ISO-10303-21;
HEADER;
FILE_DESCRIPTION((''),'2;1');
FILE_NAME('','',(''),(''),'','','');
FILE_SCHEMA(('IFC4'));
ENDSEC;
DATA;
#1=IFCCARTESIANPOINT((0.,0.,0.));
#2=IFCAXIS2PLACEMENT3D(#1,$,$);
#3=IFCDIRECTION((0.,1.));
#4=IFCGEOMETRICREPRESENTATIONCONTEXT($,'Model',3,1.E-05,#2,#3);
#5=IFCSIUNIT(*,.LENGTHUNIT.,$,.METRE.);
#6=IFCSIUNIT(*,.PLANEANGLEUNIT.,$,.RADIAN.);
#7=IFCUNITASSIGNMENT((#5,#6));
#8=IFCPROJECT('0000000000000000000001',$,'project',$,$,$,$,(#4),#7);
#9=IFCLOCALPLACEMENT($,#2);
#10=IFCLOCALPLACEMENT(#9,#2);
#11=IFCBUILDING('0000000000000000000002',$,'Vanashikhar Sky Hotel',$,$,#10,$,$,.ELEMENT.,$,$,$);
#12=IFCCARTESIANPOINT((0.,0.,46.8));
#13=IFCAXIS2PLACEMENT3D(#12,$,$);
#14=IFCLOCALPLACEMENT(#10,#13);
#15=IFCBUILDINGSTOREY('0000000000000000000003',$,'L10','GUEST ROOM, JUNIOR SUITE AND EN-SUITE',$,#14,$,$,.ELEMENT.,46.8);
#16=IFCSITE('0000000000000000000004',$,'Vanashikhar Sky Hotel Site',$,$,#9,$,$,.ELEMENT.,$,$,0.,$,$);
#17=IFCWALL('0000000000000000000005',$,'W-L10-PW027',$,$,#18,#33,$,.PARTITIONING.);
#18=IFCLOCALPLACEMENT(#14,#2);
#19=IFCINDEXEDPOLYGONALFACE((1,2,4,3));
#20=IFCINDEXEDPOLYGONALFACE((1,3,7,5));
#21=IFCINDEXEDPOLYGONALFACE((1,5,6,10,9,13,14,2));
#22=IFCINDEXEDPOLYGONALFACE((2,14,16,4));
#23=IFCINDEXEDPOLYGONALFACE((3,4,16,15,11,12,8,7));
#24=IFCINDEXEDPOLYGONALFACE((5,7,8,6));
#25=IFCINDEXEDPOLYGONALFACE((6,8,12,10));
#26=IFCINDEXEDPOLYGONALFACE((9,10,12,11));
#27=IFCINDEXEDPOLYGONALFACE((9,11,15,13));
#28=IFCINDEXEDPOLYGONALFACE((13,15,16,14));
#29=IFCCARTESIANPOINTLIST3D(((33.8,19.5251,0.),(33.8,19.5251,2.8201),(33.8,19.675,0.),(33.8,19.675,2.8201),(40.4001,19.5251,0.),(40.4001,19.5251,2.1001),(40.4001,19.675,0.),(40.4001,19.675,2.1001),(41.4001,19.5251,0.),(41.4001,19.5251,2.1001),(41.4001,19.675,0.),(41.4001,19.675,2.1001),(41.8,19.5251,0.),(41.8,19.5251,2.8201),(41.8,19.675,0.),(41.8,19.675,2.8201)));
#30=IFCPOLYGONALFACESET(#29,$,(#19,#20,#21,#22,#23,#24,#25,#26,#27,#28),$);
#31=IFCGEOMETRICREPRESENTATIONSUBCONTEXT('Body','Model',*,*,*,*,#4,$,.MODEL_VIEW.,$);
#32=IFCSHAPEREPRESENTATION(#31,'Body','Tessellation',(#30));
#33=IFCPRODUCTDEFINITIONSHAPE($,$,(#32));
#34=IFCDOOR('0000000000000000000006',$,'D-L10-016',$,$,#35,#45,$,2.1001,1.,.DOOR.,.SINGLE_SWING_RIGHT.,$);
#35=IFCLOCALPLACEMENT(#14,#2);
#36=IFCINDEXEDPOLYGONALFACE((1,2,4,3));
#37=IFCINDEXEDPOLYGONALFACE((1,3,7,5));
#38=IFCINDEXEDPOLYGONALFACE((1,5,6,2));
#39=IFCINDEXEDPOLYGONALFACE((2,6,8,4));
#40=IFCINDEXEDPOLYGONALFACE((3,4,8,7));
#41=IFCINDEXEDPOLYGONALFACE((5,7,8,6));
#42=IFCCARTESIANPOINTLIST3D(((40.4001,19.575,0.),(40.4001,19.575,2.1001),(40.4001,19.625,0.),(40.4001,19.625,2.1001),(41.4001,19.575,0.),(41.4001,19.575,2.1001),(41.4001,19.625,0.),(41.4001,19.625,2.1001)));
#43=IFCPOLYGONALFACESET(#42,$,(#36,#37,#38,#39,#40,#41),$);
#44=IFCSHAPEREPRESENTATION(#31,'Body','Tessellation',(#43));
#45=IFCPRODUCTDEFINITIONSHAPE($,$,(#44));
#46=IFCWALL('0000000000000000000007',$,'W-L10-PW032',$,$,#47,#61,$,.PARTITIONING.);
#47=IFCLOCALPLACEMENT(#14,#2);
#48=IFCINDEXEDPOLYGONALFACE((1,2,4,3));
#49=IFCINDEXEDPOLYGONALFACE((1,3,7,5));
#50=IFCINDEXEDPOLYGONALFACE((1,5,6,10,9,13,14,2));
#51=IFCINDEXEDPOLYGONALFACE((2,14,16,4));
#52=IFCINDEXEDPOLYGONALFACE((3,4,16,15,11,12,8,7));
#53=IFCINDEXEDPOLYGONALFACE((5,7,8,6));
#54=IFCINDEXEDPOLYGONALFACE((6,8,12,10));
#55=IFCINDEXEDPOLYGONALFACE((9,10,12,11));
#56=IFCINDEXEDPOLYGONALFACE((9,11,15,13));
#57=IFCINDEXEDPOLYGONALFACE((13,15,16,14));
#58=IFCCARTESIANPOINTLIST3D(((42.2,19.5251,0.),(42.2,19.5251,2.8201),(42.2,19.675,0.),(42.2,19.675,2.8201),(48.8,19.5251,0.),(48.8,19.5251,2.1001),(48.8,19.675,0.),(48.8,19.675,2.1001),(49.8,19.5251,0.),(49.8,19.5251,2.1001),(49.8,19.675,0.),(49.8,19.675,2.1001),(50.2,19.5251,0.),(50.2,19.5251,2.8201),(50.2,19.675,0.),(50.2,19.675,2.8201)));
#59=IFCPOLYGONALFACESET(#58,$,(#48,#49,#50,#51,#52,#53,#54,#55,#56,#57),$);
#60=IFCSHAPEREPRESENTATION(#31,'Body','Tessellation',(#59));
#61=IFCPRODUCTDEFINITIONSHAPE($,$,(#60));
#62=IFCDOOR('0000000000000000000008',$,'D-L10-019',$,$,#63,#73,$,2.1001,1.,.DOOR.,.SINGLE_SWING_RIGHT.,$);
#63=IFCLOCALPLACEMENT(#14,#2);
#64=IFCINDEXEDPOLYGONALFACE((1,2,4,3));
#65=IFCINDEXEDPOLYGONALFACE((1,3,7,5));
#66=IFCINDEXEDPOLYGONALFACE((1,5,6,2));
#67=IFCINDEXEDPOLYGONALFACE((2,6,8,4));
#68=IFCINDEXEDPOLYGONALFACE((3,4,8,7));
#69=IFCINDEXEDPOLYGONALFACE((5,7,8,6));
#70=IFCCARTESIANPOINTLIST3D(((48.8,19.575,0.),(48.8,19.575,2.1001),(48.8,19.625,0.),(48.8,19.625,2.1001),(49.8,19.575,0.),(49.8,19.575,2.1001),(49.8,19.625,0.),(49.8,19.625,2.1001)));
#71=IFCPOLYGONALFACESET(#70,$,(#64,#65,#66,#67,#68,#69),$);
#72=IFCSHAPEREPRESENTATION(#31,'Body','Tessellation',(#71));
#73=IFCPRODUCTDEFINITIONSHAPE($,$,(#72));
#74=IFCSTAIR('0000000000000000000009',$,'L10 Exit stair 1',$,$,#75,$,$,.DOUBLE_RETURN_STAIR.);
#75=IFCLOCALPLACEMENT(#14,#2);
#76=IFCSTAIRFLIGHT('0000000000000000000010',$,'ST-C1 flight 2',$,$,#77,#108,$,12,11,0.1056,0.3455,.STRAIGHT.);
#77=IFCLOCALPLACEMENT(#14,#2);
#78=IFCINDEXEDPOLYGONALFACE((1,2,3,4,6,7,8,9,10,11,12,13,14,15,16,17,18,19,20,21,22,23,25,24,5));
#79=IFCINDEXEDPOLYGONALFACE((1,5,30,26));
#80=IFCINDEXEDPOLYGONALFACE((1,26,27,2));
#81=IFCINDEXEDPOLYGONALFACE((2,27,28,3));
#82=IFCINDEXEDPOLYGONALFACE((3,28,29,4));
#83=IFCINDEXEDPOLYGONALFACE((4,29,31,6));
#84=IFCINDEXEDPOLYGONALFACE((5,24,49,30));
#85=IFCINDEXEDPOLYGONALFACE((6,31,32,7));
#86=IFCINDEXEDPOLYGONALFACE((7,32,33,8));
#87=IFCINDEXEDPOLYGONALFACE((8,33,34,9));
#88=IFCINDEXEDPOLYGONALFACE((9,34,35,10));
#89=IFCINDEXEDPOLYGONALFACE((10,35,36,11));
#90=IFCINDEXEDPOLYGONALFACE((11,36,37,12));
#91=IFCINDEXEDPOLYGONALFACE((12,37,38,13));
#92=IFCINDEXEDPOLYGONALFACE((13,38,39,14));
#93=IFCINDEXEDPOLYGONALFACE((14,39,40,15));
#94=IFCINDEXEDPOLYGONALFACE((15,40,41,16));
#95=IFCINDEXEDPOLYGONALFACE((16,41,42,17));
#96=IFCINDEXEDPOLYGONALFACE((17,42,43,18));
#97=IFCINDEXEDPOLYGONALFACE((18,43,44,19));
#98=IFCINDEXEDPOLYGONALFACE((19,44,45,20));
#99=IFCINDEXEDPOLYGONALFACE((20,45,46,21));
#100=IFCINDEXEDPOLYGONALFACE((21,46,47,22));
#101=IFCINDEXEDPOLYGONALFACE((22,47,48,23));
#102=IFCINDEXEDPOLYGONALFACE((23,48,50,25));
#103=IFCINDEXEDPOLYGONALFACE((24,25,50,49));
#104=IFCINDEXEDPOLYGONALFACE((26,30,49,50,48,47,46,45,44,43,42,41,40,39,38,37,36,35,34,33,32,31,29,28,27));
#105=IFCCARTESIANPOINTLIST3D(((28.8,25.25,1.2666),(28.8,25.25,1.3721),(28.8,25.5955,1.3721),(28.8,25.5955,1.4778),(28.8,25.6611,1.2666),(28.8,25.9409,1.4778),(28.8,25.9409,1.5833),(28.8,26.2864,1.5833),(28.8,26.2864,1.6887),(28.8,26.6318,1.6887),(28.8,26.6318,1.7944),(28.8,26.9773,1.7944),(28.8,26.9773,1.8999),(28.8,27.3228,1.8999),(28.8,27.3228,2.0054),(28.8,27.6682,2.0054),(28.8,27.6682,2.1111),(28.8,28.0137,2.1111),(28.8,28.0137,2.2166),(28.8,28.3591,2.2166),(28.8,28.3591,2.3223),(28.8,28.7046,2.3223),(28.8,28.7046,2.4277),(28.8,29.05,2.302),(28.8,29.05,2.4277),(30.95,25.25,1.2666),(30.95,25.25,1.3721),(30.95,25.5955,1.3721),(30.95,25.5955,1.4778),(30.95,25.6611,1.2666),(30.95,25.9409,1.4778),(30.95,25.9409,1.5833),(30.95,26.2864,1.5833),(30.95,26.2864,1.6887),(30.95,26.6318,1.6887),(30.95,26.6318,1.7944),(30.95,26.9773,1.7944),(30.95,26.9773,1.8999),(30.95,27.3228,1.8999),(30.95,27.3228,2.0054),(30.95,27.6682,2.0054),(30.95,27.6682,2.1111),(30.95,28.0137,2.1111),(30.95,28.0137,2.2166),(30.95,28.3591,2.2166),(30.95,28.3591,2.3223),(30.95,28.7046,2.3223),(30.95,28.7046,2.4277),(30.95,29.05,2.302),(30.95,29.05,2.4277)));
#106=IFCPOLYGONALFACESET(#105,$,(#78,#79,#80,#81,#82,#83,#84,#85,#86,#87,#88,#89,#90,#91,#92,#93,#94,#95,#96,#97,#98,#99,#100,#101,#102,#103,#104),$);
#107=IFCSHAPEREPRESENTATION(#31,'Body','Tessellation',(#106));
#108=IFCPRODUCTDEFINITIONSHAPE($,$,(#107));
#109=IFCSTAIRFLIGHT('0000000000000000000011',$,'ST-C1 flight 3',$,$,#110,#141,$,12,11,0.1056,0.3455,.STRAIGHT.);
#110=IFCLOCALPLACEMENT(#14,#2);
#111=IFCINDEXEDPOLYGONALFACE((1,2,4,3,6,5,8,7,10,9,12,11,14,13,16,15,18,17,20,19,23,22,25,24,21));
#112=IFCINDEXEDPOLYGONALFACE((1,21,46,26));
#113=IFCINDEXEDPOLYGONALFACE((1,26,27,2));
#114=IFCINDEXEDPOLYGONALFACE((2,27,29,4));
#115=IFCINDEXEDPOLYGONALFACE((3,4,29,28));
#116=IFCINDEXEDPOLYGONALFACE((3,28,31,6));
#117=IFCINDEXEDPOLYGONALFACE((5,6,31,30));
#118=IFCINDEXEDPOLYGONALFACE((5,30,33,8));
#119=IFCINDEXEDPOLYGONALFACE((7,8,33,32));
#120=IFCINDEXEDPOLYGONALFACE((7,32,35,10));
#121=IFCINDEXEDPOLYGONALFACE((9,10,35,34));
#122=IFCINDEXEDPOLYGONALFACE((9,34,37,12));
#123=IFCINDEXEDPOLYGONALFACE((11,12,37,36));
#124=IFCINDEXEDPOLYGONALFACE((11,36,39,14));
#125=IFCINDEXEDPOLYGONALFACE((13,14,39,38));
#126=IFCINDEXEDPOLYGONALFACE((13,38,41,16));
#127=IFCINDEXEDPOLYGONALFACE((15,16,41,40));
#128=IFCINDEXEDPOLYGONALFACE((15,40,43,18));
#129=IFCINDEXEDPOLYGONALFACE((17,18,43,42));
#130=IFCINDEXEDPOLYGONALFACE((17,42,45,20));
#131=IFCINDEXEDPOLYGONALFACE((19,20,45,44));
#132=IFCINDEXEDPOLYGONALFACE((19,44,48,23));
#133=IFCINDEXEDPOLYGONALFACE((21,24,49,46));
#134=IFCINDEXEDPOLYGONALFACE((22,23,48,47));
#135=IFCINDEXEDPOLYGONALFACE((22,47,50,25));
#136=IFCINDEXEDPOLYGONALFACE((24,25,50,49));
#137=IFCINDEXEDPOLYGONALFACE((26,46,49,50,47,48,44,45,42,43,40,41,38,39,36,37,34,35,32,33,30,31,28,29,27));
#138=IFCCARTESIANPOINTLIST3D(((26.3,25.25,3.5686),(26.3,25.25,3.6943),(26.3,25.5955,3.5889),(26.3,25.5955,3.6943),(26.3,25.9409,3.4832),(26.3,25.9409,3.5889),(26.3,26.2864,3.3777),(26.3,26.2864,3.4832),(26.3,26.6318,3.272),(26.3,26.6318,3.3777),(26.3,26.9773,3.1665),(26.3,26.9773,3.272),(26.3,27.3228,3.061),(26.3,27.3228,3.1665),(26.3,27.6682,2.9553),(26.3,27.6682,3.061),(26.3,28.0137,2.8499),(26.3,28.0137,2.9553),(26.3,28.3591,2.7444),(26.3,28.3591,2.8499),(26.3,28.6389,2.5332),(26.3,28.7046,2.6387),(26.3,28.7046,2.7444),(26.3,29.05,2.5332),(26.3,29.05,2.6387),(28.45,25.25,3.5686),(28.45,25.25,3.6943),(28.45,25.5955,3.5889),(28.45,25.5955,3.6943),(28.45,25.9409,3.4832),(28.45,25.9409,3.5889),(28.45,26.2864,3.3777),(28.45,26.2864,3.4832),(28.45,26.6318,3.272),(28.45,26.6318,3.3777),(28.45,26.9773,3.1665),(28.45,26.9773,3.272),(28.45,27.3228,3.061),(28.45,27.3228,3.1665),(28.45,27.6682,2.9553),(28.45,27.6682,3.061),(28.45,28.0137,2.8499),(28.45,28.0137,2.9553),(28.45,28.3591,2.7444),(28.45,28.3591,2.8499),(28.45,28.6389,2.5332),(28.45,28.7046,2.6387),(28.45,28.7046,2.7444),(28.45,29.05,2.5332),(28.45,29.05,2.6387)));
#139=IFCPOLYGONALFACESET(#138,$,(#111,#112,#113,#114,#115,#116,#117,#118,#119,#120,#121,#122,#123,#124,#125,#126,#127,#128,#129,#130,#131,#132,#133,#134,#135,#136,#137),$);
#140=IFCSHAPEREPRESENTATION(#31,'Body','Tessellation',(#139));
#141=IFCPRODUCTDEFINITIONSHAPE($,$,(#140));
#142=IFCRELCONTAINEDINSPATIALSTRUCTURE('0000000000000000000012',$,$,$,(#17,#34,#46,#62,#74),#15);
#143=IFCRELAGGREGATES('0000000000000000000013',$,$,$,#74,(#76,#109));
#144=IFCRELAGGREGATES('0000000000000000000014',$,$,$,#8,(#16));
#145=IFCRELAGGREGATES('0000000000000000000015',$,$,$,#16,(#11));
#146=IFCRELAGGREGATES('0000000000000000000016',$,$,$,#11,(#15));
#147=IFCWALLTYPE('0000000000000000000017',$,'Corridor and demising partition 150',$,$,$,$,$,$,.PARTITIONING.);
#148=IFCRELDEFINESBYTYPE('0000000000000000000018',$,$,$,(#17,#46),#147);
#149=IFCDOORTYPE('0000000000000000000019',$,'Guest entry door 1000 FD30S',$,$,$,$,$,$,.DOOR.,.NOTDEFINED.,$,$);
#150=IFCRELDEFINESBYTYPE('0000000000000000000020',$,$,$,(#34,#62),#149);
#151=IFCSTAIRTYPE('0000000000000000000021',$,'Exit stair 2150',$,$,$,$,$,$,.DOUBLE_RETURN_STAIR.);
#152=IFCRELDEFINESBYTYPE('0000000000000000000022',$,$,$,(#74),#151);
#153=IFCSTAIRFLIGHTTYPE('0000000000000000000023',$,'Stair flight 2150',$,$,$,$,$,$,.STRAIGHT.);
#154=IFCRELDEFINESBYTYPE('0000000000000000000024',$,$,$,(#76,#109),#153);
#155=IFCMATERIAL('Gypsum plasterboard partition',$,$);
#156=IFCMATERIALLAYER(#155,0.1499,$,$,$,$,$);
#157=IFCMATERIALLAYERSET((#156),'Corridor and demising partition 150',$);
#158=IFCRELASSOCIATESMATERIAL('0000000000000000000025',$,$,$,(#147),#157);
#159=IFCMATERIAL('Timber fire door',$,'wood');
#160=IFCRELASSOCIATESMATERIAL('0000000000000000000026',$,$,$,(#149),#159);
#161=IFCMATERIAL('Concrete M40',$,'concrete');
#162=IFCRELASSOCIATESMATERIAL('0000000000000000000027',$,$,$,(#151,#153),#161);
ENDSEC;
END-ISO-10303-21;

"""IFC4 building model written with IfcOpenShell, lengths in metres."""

from ifc_helpers import new_model, si_unit, direction, frame, frame_2d, origin, place, context, subcontext, project, spatial, polyline, rectangle, outline, extrude, source, transform, mapped, material, layer, layer_set, type_object, element, fill, aggregate, save


model = new_model("IFC4")

# Units and contexts
model_context = context("Model", 3, precision=1e-05, world=origin(), true_north=direction((0.0, 1.0)))
body_context = subcontext(model_context, "Body", "Model", "MODEL_VIEW")
ifc_project = project(units=[si_unit("LENGTHUNIT", "METRE"), si_unit("PLANEANGLEUNIT", "RADIAN")], contexts=[model_context])

# Site, building, storey
site_placement = place(None, origin())
site = spatial("IfcSite", under=ifc_project, at=site_placement, Name="Vanashikhar Sky Hotel Site", CompositionType="ELEMENT", RefElevation=0.0)
building_placement = place(site_placement, origin())
building = spatial("IfcBuilding", under=site, at=building_placement, Name="Vanashikhar Sky Hotel", CompositionType="ELEMENT")
storey_placement = place(building_placement, frame((0.0, 0.0, 46.8)))
storey = spatial("IfcBuildingStorey", under=building, at=storey_placement, Name="L10", Description="GUEST ROOM, JUNIOR SUITE AND EN-SUITE", CompositionType="ELEMENT", Elevation=46.8)

# Shared definitions
ifc_material_1 = material(Name="Concrete M40", Category="concrete")

# Walls, openings, doors
ifc_material_2 = material(Name="Gypsum plasterboard partition")
ifc_layer_1 = layer(ifc_material_2, 0.1499)
ifc_layer_set_1 = layer_set([ifc_layer_1], Name="Corridor and demising partition 150")
wall_type_1 = type_object("IfcWallType", Name="Corridor and demising partition 150", PredefinedType="PARTITIONING", material=ifc_layer_set_1)
shared_shape_1 = source(origin(), body_context, "Body", "SweptSolid", [
    extrude(rectangle(XDim=8.0, YDim=0.1499, at=frame_2d((4.0, 0.0))), origin(), (0.0, 0.0, 1.0), 2.8201),
])
wall_1_placement = place(storey_placement, frame((33.8, 19.6001, 0.0), z_axis=(0.0, 0.0, 1.0), x_axis=(1.0, 0.0, 0.0)))
wall_1 = element("IfcWall", 1, at=wall_1_placement, inside=storey, type_object=wall_type_1, Name="W-L10-PW027", PredefinedType="PARTITIONING", context=body_context, shape_type="MappedRepresentation", body=[
    mapped(shared_shape_1, transform((0.0, 0.0, 0.0), scale=1.0)),
])
shared_shape_2 = source(origin(), body_context, "Body", "SweptSolid", [
    extrude(rectangle(XDim=1.0, YDim=2.1001, at=frame_2d((0.5, 1.05))), frame((0.0, 0.085, 0.0), z_axis=(0.0, -1.0, 0.0), x_axis=(1.0, 0.0, 0.0)), (0.0, 0.0, 1.0), 0.1699),
])
opening_1_placement = place(wall_1_placement, frame((6.6001, 0.0, 0.0)))
opening_1 = element("IfcOpeningElement", 2, at=opening_1_placement, cuts=wall_1, PredefinedType="OPENING", context=body_context, shape_type="MappedRepresentation", body=[
    mapped(shared_shape_2, transform((0.0, 0.0, 0.0), scale=1.0)),
])
ifc_material_3 = material(Name="Timber fire door", Category="wood")
door_type_1 = type_object("IfcDoorType", Name="Guest entry door 1000 FD30S", OperationType="NOTDEFINED", PredefinedType="DOOR", material=ifc_material_3)
shared_shape_3 = source(origin(), body_context, "Body", "SweptSolid", [
    extrude(rectangle(XDim=1.0, YDim=2.1001, at=frame_2d((0.5, 1.05))), frame((0.0, 0.0249, 0.0), z_axis=(0.0, -1.0, 0.0), x_axis=(1.0, 0.0, 0.0)), (0.0, 0.0, 1.0), 0.05),
])
door_1_placement = place(opening_1_placement, origin())
door_1 = element("IfcDoor", 3, at=door_1_placement, inside=storey, type_object=door_type_1, Name="D-L10-016", OperationType="SINGLE_SWING_RIGHT", OverallHeight=2.1001, OverallWidth=1.0, PredefinedType="DOOR", context=body_context, shape_type="MappedRepresentation", body=[
    mapped(shared_shape_3, transform((0.0, 0.0, 0.0), scale=1.0)),
])
fill(opening_1, door_1)
wall_2_placement = place(storey_placement, frame((42.2, 19.6001, 0.0), z_axis=(0.0, 0.0, 1.0), x_axis=(1.0, 0.0, 0.0)))
wall_2 = element("IfcWall", 4, at=wall_2_placement, inside=storey, type_object=wall_type_1, Name="W-L10-PW032", PredefinedType="PARTITIONING", context=body_context, shape_type="MappedRepresentation", body=[
    mapped(shared_shape_1, transform((0.0, 0.0, 0.0), scale=1.0)),
])
opening_2_placement = place(wall_2_placement, frame((6.6001, 0.0, 0.0)))
opening_2 = element("IfcOpeningElement", 5, at=opening_2_placement, cuts=wall_2, PredefinedType="OPENING", context=body_context, shape_type="MappedRepresentation", body=[
    mapped(shared_shape_2, transform((0.0, 0.0, 0.0), scale=1.0)),
])
door_2_placement = place(opening_2_placement, origin())
door_2 = element("IfcDoor", 6, at=door_2_placement, inside=storey, type_object=door_type_1, Name="D-L10-019", OperationType="SINGLE_SWING_RIGHT", OverallHeight=2.1001, OverallWidth=1.0, PredefinedType="DOOR", context=body_context, shape_type="MappedRepresentation", body=[
    mapped(shared_shape_3, transform((0.0, 0.0, 0.0), scale=1.0)),
])
fill(opening_2, door_2)

# Stair, stair flights
stair_type = type_object("IfcStairType", Name="Exit stair 2150", PredefinedType="DOUBLE_RETURN_STAIR", material=ifc_material_1)
stair_placement = place(storey_placement, origin())
stair = element("IfcStair", 7, at=stair_placement, inside=storey, type_object=stair_type, Name="L10 Exit stair 1", PredefinedType="DOUBLE_RETURN_STAIR")
stair_flight_type = type_object("IfcStairFlightType", Name="Stair flight 2150", PredefinedType="STRAIGHT", material=ifc_material_1)
shared_shape_4 = source(origin(), body_context, "Body", "SweptSolid", [
    extrude(outline(polyline([(0.0, 0.0), (0.0, 0.1055), (0.3455, 0.1055), (0.3455, 0.2112), (0.6909, 0.2112), (0.6909, 0.3167), (1.0364, 0.3167), (1.0364, 0.4221), (1.3818, 0.4221), (1.3818, 0.5278), (1.7273, 0.5278), (1.7273, 0.6333), (2.0728, 0.6333), (2.0728, 0.7388), (2.4182, 0.7388), (2.4182, 0.8445), (2.7637, 0.8445), (2.7637, 0.95), (3.1091, 0.95), (3.1091, 1.0557), (3.4546, 1.0557), (3.4546, 1.1611), (3.8, 1.1611), (3.8, 1.2666), (3.8, 1.0354), (0.4111, 0.0), (0.0, 0.0)])), frame((0.0, 1.075, 0.0), z_axis=(0.0, -1.0, 0.0), x_axis=(1.0, 0.0, 0.0)), (0.0, 0.0, 1.0), 2.1499),
])
stair_flight_1_placement = place(storey_placement, frame((29.875, 25.25, 1.2666), z_axis=(0.0, 0.0, 1.0), x_axis=(0.0, 1.0, 0.0)))
stair_flight_1 = element("IfcStairFlight", 8, at=stair_flight_1_placement, type_object=stair_flight_type, Name="ST-C1 flight 2", NumberOfRisers=12, NumberOfTreads=11, PredefinedType="STRAIGHT", RiserHeight=0.1056, TreadLength=0.3455, context=body_context, shape_type="MappedRepresentation", body=[
    mapped(shared_shape_4, transform((0.0, 0.0, 0.0), scale=1.0)),
])
stair_flight_2_placement = place(storey_placement, frame((27.375, 29.05, 2.5332), z_axis=(0.0, 0.0, 1.0), x_axis=(0.0, -1.0, 0.0)))
stair_flight_2 = element("IfcStairFlight", 9, at=stair_flight_2_placement, type_object=stair_flight_type, Name="ST-C1 flight 3", NumberOfRisers=12, NumberOfTreads=11, PredefinedType="STRAIGHT", RiserHeight=0.1056, TreadLength=0.3455, context=body_context, shape_type="MappedRepresentation", body=[
    mapped(shared_shape_4, transform((0.0, 0.0, 0.0), scale=1.0)),
])
aggregate(stair, [stair_flight_1, stair_flight_2])

save(model, "model.ifc")
